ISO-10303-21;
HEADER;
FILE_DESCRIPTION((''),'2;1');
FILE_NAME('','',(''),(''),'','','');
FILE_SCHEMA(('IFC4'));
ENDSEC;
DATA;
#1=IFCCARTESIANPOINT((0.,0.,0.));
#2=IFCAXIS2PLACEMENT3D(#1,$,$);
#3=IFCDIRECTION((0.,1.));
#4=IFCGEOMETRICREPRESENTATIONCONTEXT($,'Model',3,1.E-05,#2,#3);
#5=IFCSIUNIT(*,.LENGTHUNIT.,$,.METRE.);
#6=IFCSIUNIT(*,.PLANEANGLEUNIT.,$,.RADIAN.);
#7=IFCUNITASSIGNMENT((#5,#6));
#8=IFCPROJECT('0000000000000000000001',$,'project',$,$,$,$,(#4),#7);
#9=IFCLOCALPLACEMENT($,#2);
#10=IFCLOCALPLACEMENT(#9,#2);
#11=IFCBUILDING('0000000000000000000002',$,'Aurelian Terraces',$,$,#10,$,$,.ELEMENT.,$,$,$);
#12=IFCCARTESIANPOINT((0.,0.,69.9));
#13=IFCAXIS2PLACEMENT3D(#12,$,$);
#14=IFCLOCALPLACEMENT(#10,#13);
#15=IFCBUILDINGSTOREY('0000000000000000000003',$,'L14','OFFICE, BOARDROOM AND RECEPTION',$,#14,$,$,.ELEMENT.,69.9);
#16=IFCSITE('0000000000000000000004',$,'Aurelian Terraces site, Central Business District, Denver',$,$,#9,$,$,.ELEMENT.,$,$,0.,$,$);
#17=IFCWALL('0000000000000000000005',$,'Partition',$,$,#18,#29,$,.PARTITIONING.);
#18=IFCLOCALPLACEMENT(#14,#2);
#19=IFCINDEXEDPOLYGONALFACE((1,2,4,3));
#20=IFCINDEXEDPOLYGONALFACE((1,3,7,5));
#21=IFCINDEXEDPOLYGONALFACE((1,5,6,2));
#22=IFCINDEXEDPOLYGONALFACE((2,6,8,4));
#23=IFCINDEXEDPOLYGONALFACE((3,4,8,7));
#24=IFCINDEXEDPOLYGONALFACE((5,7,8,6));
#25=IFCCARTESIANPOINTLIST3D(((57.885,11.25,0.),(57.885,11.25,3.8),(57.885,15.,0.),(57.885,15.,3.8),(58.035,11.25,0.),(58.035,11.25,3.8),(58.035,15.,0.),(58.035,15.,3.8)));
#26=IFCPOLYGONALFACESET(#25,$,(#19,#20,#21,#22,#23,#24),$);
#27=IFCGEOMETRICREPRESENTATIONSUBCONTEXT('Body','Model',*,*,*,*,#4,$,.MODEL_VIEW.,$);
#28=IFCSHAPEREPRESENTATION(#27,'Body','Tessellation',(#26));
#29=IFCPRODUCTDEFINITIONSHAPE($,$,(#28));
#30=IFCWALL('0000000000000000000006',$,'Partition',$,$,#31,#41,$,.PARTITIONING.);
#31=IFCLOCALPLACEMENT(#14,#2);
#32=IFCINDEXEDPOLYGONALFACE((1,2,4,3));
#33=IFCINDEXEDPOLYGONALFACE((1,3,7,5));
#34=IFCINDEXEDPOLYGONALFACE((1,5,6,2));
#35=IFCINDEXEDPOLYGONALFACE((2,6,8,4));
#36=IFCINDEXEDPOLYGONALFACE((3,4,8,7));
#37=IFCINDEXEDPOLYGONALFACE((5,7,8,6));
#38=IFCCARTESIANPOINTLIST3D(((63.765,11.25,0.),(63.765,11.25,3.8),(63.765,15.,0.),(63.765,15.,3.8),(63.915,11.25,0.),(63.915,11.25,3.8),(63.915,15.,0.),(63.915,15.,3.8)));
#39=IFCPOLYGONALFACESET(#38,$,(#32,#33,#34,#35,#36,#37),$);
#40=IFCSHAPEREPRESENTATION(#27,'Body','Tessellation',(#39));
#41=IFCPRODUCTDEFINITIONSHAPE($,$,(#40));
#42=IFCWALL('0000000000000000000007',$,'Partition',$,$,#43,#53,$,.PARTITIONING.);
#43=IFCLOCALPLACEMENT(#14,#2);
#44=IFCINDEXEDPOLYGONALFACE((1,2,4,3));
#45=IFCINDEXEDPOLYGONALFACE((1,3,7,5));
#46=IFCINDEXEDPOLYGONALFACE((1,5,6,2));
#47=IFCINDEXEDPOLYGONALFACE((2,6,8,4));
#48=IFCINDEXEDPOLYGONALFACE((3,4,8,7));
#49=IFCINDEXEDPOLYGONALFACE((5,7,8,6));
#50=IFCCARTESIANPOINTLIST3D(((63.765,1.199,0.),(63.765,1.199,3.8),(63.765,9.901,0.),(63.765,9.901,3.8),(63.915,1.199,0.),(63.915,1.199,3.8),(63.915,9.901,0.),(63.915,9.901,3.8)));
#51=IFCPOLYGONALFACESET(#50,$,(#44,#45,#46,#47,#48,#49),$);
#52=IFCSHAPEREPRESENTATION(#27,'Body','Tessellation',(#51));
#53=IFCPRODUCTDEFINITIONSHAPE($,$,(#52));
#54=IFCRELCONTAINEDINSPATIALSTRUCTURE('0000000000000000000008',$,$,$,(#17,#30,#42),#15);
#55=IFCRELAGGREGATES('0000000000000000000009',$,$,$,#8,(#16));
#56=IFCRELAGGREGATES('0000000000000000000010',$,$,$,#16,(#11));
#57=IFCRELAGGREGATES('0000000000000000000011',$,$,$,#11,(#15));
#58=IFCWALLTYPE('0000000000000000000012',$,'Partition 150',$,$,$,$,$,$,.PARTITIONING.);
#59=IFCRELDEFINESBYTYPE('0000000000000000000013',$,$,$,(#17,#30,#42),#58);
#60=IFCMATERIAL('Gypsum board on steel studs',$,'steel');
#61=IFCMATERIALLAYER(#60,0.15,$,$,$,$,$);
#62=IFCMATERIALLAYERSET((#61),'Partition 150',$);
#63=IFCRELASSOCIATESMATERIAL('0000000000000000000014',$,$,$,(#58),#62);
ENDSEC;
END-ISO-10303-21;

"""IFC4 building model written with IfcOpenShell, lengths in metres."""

from ifc_helpers import new_model, si_unit, direction, frame, frame_2d, origin, place, context, subcontext, project, spatial, rectangle, extrude, source, transform, mapped, material, layer, layer_set, type_object, element, save


model = new_model("IFC4")

# Units and contexts
model_context = context("Model", 3, precision=1e-05, world=origin(), true_north=direction((0.0, 1.0)))
body_context = subcontext(model_context, "Body", "Model", "MODEL_VIEW")
ifc_project = project(units=[si_unit("LENGTHUNIT", "METRE"), si_unit("PLANEANGLEUNIT", "RADIAN")], contexts=[model_context])

# Site, building, storey
site_placement = place(None, origin())
site = spatial("IfcSite", under=ifc_project, at=site_placement, Name="Aurelian Terraces site, Central Business District, Denver", CompositionType="ELEMENT", RefElevation=0.0)
building_placement = place(site_placement, origin())
building = spatial("IfcBuilding", under=site, at=building_placement, Name="Aurelian Terraces", CompositionType="ELEMENT")
storey_placement = place(building_placement, frame((0.0, 0.0, 69.9)))
storey = spatial("IfcBuildingStorey", under=building, at=storey_placement, Name="L14", Description="OFFICE, BOARDROOM AND RECEPTION", CompositionType="ELEMENT", Elevation=69.9)

# Walls
ifc_material_1 = material(Name="Gypsum board on steel studs", Category="steel")
ifc_layer_1 = layer(ifc_material_1, 0.15)
ifc_layer_set_1 = layer_set([ifc_layer_1], Name="Partition 150")
wall_type_1 = type_object("IfcWallType", Name="Partition 150", PredefinedType="PARTITIONING", material=ifc_layer_set_1)
shared_shape_1 = source(origin(), body_context, "Body", "SweptSolid", [
    extrude(rectangle(XDim=3.75, YDim=0.15, at=frame_2d((1.875, 0.0))), origin(), (0.0, 0.0, 1.0), 3.8),
])
for number, where, z_axis, x_axis, name in (
    (1, (57.96, 11.25, 0.0), (0.0, 0.0, 1.0), (0.0, 1.0, 0.0), "Partition"),
    (2, (63.84, 11.25, 0.0), (0.0, 0.0, 1.0), (0.0, 1.0, 0.0), "Partition"),
):
    element("IfcWall", number, at=place(storey_placement, frame(where, z_axis=z_axis, x_axis=x_axis)), inside=storey, type_object=wall_type_1, Name=name, PredefinedType="PARTITIONING", context=body_context, shape_type="MappedRepresentation", body=[
        mapped(shared_shape_1, transform((0.0, 0.0, 0.0), scale=1.0)),
    ])
shared_shape_2 = source(origin(), body_context, "Body", "SweptSolid", [
    extrude(rectangle(XDim=8.702, YDim=0.15, at=frame_2d((4.351, 0.0))), origin(), (0.0, 0.0, 1.0), 3.8),
])
wall_1_placement = place(storey_placement, frame((63.84, 1.199, 0.0), z_axis=(0.0, 0.0, 1.0), x_axis=(0.0, 1.0, 0.0)))
element("IfcWall", 3, at=wall_1_placement, inside=storey, type_object=wall_type_1, Name="Partition", PredefinedType="PARTITIONING", context=body_context, shape_type="MappedRepresentation", body=[
    mapped(shared_shape_2, transform((0.0, 0.0, 0.0), scale=1.0)),
])

save(model, "model.ifc")
